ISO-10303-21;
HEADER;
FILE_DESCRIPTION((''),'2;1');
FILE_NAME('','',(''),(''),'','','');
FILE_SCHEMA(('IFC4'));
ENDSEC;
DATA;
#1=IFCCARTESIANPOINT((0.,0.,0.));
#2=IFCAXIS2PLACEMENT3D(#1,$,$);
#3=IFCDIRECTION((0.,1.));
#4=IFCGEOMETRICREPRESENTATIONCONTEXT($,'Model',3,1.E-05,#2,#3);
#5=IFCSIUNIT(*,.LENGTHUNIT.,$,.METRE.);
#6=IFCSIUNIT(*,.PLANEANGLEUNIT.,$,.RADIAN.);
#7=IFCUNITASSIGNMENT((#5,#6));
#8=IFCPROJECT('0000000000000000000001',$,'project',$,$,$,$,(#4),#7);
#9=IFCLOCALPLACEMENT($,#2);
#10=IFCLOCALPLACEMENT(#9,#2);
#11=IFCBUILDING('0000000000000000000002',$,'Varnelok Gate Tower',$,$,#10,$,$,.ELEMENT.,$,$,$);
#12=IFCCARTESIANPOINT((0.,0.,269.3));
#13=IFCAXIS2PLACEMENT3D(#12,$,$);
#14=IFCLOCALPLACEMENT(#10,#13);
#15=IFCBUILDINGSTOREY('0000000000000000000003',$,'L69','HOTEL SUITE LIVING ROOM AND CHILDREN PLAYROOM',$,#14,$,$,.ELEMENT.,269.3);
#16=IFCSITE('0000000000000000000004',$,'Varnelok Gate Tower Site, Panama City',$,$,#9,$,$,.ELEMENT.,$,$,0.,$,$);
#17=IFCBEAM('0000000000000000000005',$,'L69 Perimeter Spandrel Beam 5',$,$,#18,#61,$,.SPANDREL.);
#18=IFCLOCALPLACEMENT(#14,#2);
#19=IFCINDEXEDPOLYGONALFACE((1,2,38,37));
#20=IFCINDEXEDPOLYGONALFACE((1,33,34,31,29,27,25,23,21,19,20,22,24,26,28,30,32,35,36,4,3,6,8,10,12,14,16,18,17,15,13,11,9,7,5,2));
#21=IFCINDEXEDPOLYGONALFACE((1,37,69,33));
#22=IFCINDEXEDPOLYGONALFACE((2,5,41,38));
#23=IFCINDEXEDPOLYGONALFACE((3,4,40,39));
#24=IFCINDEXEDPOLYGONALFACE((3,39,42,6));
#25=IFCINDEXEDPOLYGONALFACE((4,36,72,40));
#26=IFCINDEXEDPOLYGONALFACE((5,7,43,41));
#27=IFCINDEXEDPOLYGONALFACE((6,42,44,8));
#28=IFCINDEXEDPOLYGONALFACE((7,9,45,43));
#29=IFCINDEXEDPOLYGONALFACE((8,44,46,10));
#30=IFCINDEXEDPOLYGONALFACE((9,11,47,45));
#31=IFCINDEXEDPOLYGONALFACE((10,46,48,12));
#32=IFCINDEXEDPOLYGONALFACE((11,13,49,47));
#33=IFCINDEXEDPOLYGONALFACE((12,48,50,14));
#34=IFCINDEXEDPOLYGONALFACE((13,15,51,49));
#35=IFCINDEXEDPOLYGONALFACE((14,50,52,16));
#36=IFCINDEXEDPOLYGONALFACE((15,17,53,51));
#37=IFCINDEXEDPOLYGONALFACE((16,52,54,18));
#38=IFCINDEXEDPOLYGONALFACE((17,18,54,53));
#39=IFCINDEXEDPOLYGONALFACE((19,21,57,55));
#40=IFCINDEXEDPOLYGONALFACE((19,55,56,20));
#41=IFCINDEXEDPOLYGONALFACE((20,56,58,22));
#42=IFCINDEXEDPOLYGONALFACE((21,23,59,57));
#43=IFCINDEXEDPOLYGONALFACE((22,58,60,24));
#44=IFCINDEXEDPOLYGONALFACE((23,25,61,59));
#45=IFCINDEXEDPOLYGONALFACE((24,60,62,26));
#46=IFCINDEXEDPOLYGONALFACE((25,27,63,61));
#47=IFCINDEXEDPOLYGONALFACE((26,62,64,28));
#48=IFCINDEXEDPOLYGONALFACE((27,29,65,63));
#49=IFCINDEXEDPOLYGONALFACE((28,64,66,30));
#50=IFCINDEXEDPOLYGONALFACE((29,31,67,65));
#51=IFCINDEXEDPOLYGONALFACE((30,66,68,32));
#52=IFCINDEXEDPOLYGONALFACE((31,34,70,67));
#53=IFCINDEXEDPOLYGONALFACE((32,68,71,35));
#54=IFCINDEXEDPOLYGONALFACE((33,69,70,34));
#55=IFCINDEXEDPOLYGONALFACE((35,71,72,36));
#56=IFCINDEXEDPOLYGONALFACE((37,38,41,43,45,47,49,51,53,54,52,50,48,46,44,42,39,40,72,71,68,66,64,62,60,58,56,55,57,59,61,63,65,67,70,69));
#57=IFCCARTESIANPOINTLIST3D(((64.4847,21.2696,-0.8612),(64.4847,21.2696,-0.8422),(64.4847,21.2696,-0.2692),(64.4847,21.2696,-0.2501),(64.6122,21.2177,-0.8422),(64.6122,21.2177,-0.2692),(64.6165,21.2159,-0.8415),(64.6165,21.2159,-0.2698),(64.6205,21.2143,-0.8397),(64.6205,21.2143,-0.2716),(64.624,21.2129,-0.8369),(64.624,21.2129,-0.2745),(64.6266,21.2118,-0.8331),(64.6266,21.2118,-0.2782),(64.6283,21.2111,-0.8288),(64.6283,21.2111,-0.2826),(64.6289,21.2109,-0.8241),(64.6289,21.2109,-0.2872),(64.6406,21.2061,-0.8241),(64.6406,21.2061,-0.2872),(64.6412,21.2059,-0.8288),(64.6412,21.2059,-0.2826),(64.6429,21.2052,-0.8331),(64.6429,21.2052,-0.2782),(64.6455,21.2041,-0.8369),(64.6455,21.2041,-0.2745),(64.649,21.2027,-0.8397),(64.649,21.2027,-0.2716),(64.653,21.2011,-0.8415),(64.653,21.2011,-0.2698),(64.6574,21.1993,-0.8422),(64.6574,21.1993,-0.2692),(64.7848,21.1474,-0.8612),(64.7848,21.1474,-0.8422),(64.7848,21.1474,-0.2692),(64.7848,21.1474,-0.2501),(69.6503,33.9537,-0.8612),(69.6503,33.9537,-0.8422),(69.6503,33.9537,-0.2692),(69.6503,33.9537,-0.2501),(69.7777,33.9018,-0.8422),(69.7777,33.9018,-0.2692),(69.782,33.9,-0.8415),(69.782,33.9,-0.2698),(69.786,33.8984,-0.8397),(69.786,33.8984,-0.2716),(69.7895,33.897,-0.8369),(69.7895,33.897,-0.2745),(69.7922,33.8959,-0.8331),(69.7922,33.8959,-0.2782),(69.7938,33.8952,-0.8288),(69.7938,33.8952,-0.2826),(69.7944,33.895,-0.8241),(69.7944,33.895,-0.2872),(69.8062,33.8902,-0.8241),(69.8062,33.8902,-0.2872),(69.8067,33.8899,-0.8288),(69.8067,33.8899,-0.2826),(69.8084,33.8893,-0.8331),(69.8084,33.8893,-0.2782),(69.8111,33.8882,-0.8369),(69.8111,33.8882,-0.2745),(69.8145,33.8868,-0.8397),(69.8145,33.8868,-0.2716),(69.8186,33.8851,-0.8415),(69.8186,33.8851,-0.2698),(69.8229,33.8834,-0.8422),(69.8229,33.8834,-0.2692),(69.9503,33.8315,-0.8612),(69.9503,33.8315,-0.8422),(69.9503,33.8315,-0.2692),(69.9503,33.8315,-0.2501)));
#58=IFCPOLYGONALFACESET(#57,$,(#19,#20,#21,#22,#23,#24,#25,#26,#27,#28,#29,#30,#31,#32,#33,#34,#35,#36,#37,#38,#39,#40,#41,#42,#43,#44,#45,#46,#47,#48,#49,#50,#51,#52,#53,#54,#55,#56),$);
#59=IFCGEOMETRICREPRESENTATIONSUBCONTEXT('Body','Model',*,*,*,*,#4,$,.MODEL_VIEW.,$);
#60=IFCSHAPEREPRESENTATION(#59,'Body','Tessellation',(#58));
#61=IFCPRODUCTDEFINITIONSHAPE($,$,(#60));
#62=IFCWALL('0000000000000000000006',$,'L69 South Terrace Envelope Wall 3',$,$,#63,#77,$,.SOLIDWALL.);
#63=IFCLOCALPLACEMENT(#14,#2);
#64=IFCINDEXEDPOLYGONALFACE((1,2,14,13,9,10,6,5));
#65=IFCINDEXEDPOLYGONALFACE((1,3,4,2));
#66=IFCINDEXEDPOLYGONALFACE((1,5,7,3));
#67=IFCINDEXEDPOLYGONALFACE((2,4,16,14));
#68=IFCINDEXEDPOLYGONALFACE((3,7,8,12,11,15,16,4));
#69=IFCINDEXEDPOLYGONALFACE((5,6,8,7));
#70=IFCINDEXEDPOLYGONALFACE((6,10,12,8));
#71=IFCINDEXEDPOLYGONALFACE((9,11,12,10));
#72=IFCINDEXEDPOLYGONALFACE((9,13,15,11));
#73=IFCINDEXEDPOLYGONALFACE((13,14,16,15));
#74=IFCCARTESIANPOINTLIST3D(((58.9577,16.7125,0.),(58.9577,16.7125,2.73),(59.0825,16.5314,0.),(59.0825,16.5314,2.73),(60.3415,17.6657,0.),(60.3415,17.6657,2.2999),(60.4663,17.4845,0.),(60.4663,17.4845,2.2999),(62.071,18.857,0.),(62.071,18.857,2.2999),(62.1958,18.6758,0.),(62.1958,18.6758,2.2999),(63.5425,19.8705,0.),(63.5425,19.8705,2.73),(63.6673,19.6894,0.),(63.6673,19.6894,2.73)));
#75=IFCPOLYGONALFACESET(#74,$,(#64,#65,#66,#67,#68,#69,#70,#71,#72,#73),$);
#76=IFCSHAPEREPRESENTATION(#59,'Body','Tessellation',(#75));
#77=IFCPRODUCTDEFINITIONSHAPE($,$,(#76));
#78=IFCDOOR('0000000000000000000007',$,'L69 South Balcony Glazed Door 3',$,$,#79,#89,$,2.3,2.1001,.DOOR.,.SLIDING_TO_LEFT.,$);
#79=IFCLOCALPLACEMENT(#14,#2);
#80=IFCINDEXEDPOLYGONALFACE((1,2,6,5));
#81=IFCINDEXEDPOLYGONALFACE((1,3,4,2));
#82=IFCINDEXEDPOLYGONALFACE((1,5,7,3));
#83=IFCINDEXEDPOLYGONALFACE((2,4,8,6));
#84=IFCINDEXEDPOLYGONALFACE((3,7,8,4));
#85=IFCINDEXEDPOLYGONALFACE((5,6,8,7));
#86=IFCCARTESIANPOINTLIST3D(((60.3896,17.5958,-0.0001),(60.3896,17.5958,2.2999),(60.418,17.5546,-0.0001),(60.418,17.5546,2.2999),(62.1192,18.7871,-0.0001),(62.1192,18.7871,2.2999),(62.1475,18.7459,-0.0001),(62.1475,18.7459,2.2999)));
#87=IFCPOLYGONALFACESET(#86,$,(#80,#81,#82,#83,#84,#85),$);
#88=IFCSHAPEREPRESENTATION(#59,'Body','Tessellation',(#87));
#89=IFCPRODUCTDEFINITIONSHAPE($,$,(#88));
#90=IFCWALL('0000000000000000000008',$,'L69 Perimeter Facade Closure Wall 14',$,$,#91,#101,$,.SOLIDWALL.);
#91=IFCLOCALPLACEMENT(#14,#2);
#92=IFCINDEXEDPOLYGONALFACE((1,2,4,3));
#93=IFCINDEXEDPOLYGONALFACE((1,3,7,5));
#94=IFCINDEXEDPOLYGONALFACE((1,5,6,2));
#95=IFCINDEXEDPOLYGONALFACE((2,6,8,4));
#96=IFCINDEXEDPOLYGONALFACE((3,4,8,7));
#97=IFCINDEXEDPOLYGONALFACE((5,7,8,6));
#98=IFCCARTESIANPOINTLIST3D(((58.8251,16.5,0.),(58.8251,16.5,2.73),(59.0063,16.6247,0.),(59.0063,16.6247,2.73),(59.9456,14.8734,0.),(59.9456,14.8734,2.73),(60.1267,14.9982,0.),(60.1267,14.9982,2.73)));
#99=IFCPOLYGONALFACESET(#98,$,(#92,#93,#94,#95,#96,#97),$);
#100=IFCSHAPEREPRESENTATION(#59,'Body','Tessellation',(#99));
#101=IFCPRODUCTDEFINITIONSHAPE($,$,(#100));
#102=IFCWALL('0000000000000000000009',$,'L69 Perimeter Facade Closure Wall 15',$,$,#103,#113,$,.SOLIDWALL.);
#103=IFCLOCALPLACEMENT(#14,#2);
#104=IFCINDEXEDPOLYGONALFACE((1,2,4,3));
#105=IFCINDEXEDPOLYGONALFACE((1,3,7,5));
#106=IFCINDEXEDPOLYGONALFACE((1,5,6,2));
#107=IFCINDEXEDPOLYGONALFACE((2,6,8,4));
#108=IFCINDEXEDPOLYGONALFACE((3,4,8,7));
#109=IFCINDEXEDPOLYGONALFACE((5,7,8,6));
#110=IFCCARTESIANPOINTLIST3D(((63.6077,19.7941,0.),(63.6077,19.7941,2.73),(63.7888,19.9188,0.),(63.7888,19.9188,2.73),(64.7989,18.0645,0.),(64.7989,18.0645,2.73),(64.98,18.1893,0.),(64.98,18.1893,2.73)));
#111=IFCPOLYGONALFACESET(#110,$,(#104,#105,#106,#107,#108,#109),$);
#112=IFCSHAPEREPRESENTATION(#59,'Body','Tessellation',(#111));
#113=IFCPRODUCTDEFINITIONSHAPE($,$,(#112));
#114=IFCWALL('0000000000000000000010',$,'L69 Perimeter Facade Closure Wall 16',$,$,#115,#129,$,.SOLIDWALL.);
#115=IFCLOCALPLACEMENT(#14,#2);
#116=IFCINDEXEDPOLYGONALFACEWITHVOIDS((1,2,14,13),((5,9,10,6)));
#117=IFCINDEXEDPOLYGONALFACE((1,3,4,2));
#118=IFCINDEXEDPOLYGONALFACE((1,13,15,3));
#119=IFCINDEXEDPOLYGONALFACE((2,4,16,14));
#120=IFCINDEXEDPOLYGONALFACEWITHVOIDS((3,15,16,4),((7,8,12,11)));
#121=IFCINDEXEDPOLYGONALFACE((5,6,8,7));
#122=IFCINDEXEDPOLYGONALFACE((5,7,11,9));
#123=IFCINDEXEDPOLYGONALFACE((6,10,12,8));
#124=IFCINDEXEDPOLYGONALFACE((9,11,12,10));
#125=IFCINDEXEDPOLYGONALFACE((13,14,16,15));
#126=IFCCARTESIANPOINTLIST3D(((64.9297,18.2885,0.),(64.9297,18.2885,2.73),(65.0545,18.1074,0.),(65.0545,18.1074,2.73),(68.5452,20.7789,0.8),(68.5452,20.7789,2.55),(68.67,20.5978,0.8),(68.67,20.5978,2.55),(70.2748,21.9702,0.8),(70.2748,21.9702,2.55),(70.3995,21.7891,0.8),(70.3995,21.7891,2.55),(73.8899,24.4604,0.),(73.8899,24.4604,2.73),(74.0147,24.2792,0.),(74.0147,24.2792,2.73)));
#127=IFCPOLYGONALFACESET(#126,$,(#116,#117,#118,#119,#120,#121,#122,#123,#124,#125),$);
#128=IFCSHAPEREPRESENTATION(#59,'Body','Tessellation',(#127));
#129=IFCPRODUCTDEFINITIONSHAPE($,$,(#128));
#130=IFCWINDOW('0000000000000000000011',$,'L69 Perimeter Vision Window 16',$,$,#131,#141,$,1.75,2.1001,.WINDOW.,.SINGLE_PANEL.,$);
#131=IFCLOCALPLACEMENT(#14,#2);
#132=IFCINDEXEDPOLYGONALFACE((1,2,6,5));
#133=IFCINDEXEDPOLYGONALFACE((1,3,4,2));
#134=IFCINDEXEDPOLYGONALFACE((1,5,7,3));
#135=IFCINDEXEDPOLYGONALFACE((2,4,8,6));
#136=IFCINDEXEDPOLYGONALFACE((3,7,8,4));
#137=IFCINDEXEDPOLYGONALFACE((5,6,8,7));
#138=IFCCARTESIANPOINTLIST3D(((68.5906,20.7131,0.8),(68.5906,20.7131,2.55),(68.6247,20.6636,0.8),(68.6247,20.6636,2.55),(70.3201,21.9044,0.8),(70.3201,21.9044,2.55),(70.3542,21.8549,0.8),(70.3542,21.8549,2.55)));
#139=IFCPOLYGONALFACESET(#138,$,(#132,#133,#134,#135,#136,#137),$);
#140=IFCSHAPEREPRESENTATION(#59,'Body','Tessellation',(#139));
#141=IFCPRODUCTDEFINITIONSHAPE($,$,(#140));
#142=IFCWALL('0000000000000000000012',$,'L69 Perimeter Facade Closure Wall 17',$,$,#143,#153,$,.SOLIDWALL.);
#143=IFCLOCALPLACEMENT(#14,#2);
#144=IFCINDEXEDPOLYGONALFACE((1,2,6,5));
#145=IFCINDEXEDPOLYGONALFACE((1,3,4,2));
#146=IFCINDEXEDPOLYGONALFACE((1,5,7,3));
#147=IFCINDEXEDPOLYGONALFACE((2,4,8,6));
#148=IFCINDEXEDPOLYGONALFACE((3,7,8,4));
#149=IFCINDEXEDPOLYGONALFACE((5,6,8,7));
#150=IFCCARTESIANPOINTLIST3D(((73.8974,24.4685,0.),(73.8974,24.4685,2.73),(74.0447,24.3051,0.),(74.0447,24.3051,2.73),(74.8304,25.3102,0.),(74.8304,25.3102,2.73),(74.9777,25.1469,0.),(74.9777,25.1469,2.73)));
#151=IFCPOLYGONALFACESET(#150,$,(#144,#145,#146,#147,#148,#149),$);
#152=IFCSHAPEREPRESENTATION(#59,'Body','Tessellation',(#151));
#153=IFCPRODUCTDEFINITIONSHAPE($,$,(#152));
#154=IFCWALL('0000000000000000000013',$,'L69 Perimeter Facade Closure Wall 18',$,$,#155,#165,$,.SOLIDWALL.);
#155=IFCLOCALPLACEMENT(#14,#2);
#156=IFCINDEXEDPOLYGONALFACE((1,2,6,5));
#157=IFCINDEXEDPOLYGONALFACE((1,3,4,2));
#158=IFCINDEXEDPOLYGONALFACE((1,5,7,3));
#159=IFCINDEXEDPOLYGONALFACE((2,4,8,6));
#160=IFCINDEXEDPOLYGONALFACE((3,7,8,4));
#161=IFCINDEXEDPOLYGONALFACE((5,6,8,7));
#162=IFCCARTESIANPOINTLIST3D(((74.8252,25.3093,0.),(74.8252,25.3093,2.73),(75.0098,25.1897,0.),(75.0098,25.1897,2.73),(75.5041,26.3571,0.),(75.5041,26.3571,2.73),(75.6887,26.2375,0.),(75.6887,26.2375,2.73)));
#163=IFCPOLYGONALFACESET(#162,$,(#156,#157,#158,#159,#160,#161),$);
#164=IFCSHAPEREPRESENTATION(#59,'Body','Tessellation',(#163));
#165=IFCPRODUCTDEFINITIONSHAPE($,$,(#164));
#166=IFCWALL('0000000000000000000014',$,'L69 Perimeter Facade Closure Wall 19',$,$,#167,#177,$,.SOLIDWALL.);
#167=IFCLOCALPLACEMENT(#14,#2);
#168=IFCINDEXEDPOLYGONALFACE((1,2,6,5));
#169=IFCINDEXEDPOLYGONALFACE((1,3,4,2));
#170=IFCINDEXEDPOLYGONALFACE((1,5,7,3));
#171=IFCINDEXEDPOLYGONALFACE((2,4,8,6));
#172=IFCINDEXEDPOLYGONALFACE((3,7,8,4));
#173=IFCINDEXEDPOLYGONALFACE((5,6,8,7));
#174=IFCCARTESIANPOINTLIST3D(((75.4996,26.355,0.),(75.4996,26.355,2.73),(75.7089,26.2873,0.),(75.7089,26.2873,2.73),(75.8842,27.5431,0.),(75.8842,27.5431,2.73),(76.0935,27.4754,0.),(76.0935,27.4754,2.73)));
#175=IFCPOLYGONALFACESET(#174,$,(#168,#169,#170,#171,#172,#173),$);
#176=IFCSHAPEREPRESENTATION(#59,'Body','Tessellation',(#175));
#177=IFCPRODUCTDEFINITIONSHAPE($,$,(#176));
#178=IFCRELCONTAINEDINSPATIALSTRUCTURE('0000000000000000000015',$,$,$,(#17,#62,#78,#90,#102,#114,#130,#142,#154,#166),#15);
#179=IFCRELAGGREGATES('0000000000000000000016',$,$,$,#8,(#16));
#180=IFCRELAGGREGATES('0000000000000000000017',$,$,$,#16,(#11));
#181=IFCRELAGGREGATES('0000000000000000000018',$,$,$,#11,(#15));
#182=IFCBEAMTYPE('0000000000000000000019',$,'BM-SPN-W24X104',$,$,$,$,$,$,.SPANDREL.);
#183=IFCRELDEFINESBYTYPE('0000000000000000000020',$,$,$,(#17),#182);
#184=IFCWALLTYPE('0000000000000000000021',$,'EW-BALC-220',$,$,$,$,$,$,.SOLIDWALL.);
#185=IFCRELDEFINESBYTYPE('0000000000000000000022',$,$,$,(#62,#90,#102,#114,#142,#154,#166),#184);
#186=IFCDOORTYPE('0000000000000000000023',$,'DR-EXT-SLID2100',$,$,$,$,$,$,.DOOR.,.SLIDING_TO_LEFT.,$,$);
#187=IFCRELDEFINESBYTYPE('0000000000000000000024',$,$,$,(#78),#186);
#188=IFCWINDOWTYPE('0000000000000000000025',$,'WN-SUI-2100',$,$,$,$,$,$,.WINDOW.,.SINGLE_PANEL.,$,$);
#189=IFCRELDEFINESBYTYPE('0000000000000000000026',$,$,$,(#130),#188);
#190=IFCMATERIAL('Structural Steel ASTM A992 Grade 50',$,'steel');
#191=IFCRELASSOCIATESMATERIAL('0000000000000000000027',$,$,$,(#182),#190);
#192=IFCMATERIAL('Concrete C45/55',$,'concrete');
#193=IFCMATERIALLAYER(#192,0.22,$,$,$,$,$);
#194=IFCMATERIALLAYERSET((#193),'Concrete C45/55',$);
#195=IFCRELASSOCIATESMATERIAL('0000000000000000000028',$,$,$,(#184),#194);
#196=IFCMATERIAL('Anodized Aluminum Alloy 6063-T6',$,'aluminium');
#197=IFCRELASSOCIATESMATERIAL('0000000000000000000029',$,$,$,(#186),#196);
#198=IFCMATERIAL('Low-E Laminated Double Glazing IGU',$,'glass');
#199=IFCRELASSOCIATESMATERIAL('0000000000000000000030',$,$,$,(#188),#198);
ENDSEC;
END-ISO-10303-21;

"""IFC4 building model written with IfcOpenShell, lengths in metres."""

from ifc_helpers import new_model, si_unit, direction, frame, frame_2d, origin, origin_2d, place, context, subcontext, project, spatial, rectangle, i_section, extrude, material, layer, layer_set, material_profile, profile_set, type_object, element, fill, save


model = new_model("IFC4")

# Units and contexts
model_context = context("Model", 3, precision=1e-05, world=origin(), true_north=direction((0.0, 1.0)))
body_context = subcontext(model_context, "Body", "Model", "MODEL_VIEW")
ifc_project = project(units=[si_unit("LENGTHUNIT", "METRE"), si_unit("PLANEANGLEUNIT", "RADIAN")], contexts=[model_context])

# Site, building, storey
site_placement = place(None, origin())
site = spatial("IfcSite", under=ifc_project, at=site_placement, Name="Varnelok Gate Tower Site, Panama City", CompositionType="ELEMENT", RefElevation=0.0)
building_placement = place(site_placement, origin())
building = spatial("IfcBuilding", under=site, at=building_placement, Name="Varnelok Gate Tower", CompositionType="ELEMENT")
storey_placement = place(building_placement, frame((0.0, 0.0, 269.3)))
storey = spatial("IfcBuildingStorey", under=building, at=storey_placement, Name="L69", Description="HOTEL SUITE LIVING ROOM AND CHILDREN PLAYROOM", CompositionType="ELEMENT", Elevation=269.3)

# Shared definitions
ifc_material_1 = material(Name="Structural Steel ASTM A992 Grade 50", Category="steel")

# Beam
ifc_material_profile_1 = material_profile(ifc_material_1, i_section(OverallWidth=0.324, OverallDepth=0.6111, WebThickness=0.0127, FlangeThickness=0.019, FilletRadius=0.0181, at=origin_2d()), Name="W24X104")
ifc_profile_set_1 = profile_set([ifc_material_profile_1], Name="Structural Steel ASTM A992 Grade 50")
beam_type_1 = type_object("IfcBeamType", Name="BM-SPN-W24X104", PredefinedType="SPANDREL", material=ifc_profile_set_1)
beam_1_placement = place(storey_placement, frame((64.6348, 21.2085, -0.5557), z_axis=(0.377168, 0.926145, 0.0), x_axis=(-0.926145, 0.377168, 0.0)))
element("IfcBeam", 1, at=beam_1_placement, inside=storey, type_object=beam_type_1, Name="L69 Perimeter Spandrel Beam 5", PredefinedType="SPANDREL", context=body_context, shape_type="SweptSolid", body=[
    extrude(i_section(OverallWidth=0.324, OverallDepth=0.6111, WebThickness=0.0127, FlangeThickness=0.019, FilletRadius=0.0181, at=origin_2d()), origin(), (0.0, 0.0, 1.0), 13.6956),
])

# Wall, opening, door
ifc_material_2 = material(Name="Concrete C45/55", Category="concrete")
ifc_layer = layer(ifc_material_2, 0.22)
ifc_layer_set = layer_set([ifc_layer], Name="Concrete C45/55")
wall_type = type_object("IfcWallType", Name="EW-BALC-220", PredefinedType="SOLIDWALL", material=ifc_layer_set)
wall_1_placement = place(storey_placement, frame((63.605, 19.78, 0.0), z_axis=(0.0, 0.0, 1.0), x_axis=(-0.823541, -0.567256, 0.0)))
wall_1 = element("IfcWall", 2, at=wall_1_placement, inside=storey, type_object=wall_type, Name="L69 South Terrace Envelope Wall 3", PredefinedType="SOLIDWALL", context=body_context, shape_type="SweptSolid", body=[
    extrude(rectangle(XDim=5.5671, YDim=0.22, at=frame_2d((2.7837, 0.0))), origin(), (0.0, 0.0, 1.0), 2.73),
])
opening_1_placement = place(wall_1_placement, frame((1.7869, 0.0, 0.0)))
opening_1 = element("IfcOpeningElement", 3, at=opening_1_placement, cuts=wall_1, PredefinedType="OPENING", context=body_context, shape_type="SweptSolid", body=[
    extrude(rectangle(XDim=2.1001, YDim=2.3, at=frame_2d((1.05, 1.1499))), frame((0.0, 0.1199, 0.0), z_axis=(0.0, -1.0, 0.0), x_axis=(1.0, 0.0, 0.0)), (0.0, 0.0, 1.0), 0.24),
])
ifc_material_3 = material(Name="Anodized Aluminum Alloy 6063-T6", Category="aluminium")
door_type = type_object("IfcDoorType", Name="DR-EXT-SLID2100", OperationType="SLIDING_TO_LEFT", PredefinedType="DOOR", material=ifc_material_3)
door_placement = place(opening_1_placement, origin())
door = element("IfcDoor", 4, at=door_placement, inside=storey, type_object=door_type, Name="L69 South Balcony Glazed Door 3", OperationType="SLIDING_TO_LEFT", OverallHeight=2.3, OverallWidth=2.1001, PredefinedType="DOOR", context=body_context, shape_type="SweptSolid", body=[
    extrude(rectangle(XDim=2.1001, YDim=2.3, at=frame_2d((1.05, 1.1499))), frame((0.0, 0.0249, 0.0), z_axis=(0.0, -1.0, 0.0), x_axis=(1.0, 0.0, 0.0)), (0.0, 0.0, 1.0), 0.05),
])
fill(opening_1, door)

# Walls
wall_2_placement = place(storey_placement, frame((60.0361, 14.9358, 0.0), z_axis=(0.0, 0.0, 1.0), x_axis=(-0.567274, 0.823529, 0.0)))
element("IfcWall", 5, at=wall_2_placement, inside=storey, type_object=wall_type, Name="L69 Perimeter Facade Closure Wall 14", PredefinedType="SOLIDWALL", context=body_context, shape_type="SweptSolid", body=[
    extrude(rectangle(XDim=1.9751, YDim=0.22, at=frame_2d((0.9875, 0.0))), origin(), (0.0, 0.0, 1.0), 2.73),
])
wall_3_placement = place(storey_placement, frame((63.6982, 19.8564, 0.0), z_axis=(0.0, 0.0, 1.0), x_axis=(0.567219, -0.823567, 0.0)))
element("IfcWall", 6, at=wall_3_placement, inside=storey, type_object=wall_type, Name="L69 Perimeter Facade Closure Wall 15", PredefinedType="SOLIDWALL", context=body_context, shape_type="SweptSolid", body=[
    extrude(rectangle(XDim=2.1001, YDim=0.22, at=frame_2d((1.05, 0.0))), origin(), (0.0, 0.0, 1.0), 2.73),
])

# Wall, opening, window
wall_4_placement = place(storey_placement, frame((64.9922, 18.198, 0.0), z_axis=(0.0, 0.0, 1.0), x_axis=(0.823538, 0.567261, 0.0)))
wall_4 = element("IfcWall", 7, at=wall_4_placement, inside=storey, type_object=wall_type, Name="L69 Perimeter Facade Closure Wall 16", PredefinedType="SOLIDWALL", context=body_context, shape_type="SweptSolid", body=[
    extrude(rectangle(XDim=10.8801, YDim=0.22, at=frame_2d((5.4399, 0.0))), origin(), (0.0, 0.0, 1.0), 2.73),
])
opening_2_placement = place(wall_4_placement, frame((4.3901, 0.0, 0.8)))
opening_2 = element("IfcOpeningElement", 8, at=opening_2_placement, cuts=wall_4, PredefinedType="OPENING", context=body_context, shape_type="SweptSolid", body=[
    extrude(rectangle(XDim=2.1001, YDim=1.75, at=frame_2d((1.05, 0.875))), frame((0.0, 0.1199, 0.0), z_axis=(0.0, -1.0, 0.0), x_axis=(1.0, 0.0, 0.0)), (0.0, 0.0, 1.0), 0.24),
])
ifc_material_4 = material(Name="Low-E Laminated Double Glazing IGU", Category="glass")
window_type = type_object("IfcWindowType", Name="WN-SUI-2100", PartitioningType="SINGLE_PANEL", PredefinedType="WINDOW", material=ifc_material_4)
window_placement = place(opening_2_placement, origin())
window = element("IfcWindow", 9, at=window_placement, inside=storey, type_object=window_type, Name="L69 Perimeter Vision Window 16", OverallHeight=1.75, OverallWidth=2.1001, PartitioningType="SINGLE_PANEL", PredefinedType="WINDOW", context=body_context, shape_type="SweptSolid", body=[
    extrude(rectangle(XDim=2.1001, YDim=1.75, at=frame_2d((1.05, 0.875))), frame((0.0, 0.03, 0.0), z_axis=(0.0, -1.0, 0.0), x_axis=(1.0, 0.0, 0.0)), (0.0, 0.0, 1.0), 0.0601),
])
fill(opening_2, window)

# Walls
wall_5_placement = place(storey_placement, frame((73.9709, 24.3867, 0.0), z_axis=(0.0, 0.0, 1.0), x_axis=(0.742502, 0.669844, 0.0)))
element("IfcWall", 10, at=wall_5_placement, inside=storey, type_object=wall_type, Name="L69 Perimeter Facade Closure Wall 17", PredefinedType="SOLIDWALL", context=body_context, shape_type="SweptSolid", body=[
    extrude(rectangle(XDim=1.2566, YDim=0.22, at=frame_2d((0.6284, 0.0))), origin(), (0.0, 0.0, 1.0), 2.73),
])
wall_6_placement = place(storey_placement, frame((74.9175, 25.2495, 0.0), z_axis=(0.0, 0.0, 1.0), x_axis=(0.543778, 0.839229, 0.0)))
element("IfcWall", 11, at=wall_6_placement, inside=storey, type_object=wall_type, Name="L69 Perimeter Facade Closure Wall 18", PredefinedType="SOLIDWALL", context=body_context, shape_type="SweptSolid", body=[
    extrude(rectangle(XDim=1.2485, YDim=0.22, at=frame_2d((0.6243, 0.0))), origin(), (0.0, 0.0, 1.0), 2.73),
])
for number, where, z_axis, x_axis, name in (
    (12, (75.6042, 26.321, 0.0), (0.0, 0.0, 1.0), (0.307945, 0.951404, 0.0), "L69 Perimeter Facade Closure Wall 19"),
):
    element("IfcWall", number, at=place(storey_placement, frame(where, z_axis=z_axis, x_axis=x_axis)), inside=storey, type_object=wall_type, Name=name, PredefinedType="SOLIDWALL", context=body_context, shape_type="SweptSolid", body=[
        extrude(rectangle(XDim=1.2488, YDim=0.22, at=frame_2d((0.6245, 0.0))), origin(), (0.0, 0.0, 1.0), 2.73),
    ])

save(model, "model.ifc")
